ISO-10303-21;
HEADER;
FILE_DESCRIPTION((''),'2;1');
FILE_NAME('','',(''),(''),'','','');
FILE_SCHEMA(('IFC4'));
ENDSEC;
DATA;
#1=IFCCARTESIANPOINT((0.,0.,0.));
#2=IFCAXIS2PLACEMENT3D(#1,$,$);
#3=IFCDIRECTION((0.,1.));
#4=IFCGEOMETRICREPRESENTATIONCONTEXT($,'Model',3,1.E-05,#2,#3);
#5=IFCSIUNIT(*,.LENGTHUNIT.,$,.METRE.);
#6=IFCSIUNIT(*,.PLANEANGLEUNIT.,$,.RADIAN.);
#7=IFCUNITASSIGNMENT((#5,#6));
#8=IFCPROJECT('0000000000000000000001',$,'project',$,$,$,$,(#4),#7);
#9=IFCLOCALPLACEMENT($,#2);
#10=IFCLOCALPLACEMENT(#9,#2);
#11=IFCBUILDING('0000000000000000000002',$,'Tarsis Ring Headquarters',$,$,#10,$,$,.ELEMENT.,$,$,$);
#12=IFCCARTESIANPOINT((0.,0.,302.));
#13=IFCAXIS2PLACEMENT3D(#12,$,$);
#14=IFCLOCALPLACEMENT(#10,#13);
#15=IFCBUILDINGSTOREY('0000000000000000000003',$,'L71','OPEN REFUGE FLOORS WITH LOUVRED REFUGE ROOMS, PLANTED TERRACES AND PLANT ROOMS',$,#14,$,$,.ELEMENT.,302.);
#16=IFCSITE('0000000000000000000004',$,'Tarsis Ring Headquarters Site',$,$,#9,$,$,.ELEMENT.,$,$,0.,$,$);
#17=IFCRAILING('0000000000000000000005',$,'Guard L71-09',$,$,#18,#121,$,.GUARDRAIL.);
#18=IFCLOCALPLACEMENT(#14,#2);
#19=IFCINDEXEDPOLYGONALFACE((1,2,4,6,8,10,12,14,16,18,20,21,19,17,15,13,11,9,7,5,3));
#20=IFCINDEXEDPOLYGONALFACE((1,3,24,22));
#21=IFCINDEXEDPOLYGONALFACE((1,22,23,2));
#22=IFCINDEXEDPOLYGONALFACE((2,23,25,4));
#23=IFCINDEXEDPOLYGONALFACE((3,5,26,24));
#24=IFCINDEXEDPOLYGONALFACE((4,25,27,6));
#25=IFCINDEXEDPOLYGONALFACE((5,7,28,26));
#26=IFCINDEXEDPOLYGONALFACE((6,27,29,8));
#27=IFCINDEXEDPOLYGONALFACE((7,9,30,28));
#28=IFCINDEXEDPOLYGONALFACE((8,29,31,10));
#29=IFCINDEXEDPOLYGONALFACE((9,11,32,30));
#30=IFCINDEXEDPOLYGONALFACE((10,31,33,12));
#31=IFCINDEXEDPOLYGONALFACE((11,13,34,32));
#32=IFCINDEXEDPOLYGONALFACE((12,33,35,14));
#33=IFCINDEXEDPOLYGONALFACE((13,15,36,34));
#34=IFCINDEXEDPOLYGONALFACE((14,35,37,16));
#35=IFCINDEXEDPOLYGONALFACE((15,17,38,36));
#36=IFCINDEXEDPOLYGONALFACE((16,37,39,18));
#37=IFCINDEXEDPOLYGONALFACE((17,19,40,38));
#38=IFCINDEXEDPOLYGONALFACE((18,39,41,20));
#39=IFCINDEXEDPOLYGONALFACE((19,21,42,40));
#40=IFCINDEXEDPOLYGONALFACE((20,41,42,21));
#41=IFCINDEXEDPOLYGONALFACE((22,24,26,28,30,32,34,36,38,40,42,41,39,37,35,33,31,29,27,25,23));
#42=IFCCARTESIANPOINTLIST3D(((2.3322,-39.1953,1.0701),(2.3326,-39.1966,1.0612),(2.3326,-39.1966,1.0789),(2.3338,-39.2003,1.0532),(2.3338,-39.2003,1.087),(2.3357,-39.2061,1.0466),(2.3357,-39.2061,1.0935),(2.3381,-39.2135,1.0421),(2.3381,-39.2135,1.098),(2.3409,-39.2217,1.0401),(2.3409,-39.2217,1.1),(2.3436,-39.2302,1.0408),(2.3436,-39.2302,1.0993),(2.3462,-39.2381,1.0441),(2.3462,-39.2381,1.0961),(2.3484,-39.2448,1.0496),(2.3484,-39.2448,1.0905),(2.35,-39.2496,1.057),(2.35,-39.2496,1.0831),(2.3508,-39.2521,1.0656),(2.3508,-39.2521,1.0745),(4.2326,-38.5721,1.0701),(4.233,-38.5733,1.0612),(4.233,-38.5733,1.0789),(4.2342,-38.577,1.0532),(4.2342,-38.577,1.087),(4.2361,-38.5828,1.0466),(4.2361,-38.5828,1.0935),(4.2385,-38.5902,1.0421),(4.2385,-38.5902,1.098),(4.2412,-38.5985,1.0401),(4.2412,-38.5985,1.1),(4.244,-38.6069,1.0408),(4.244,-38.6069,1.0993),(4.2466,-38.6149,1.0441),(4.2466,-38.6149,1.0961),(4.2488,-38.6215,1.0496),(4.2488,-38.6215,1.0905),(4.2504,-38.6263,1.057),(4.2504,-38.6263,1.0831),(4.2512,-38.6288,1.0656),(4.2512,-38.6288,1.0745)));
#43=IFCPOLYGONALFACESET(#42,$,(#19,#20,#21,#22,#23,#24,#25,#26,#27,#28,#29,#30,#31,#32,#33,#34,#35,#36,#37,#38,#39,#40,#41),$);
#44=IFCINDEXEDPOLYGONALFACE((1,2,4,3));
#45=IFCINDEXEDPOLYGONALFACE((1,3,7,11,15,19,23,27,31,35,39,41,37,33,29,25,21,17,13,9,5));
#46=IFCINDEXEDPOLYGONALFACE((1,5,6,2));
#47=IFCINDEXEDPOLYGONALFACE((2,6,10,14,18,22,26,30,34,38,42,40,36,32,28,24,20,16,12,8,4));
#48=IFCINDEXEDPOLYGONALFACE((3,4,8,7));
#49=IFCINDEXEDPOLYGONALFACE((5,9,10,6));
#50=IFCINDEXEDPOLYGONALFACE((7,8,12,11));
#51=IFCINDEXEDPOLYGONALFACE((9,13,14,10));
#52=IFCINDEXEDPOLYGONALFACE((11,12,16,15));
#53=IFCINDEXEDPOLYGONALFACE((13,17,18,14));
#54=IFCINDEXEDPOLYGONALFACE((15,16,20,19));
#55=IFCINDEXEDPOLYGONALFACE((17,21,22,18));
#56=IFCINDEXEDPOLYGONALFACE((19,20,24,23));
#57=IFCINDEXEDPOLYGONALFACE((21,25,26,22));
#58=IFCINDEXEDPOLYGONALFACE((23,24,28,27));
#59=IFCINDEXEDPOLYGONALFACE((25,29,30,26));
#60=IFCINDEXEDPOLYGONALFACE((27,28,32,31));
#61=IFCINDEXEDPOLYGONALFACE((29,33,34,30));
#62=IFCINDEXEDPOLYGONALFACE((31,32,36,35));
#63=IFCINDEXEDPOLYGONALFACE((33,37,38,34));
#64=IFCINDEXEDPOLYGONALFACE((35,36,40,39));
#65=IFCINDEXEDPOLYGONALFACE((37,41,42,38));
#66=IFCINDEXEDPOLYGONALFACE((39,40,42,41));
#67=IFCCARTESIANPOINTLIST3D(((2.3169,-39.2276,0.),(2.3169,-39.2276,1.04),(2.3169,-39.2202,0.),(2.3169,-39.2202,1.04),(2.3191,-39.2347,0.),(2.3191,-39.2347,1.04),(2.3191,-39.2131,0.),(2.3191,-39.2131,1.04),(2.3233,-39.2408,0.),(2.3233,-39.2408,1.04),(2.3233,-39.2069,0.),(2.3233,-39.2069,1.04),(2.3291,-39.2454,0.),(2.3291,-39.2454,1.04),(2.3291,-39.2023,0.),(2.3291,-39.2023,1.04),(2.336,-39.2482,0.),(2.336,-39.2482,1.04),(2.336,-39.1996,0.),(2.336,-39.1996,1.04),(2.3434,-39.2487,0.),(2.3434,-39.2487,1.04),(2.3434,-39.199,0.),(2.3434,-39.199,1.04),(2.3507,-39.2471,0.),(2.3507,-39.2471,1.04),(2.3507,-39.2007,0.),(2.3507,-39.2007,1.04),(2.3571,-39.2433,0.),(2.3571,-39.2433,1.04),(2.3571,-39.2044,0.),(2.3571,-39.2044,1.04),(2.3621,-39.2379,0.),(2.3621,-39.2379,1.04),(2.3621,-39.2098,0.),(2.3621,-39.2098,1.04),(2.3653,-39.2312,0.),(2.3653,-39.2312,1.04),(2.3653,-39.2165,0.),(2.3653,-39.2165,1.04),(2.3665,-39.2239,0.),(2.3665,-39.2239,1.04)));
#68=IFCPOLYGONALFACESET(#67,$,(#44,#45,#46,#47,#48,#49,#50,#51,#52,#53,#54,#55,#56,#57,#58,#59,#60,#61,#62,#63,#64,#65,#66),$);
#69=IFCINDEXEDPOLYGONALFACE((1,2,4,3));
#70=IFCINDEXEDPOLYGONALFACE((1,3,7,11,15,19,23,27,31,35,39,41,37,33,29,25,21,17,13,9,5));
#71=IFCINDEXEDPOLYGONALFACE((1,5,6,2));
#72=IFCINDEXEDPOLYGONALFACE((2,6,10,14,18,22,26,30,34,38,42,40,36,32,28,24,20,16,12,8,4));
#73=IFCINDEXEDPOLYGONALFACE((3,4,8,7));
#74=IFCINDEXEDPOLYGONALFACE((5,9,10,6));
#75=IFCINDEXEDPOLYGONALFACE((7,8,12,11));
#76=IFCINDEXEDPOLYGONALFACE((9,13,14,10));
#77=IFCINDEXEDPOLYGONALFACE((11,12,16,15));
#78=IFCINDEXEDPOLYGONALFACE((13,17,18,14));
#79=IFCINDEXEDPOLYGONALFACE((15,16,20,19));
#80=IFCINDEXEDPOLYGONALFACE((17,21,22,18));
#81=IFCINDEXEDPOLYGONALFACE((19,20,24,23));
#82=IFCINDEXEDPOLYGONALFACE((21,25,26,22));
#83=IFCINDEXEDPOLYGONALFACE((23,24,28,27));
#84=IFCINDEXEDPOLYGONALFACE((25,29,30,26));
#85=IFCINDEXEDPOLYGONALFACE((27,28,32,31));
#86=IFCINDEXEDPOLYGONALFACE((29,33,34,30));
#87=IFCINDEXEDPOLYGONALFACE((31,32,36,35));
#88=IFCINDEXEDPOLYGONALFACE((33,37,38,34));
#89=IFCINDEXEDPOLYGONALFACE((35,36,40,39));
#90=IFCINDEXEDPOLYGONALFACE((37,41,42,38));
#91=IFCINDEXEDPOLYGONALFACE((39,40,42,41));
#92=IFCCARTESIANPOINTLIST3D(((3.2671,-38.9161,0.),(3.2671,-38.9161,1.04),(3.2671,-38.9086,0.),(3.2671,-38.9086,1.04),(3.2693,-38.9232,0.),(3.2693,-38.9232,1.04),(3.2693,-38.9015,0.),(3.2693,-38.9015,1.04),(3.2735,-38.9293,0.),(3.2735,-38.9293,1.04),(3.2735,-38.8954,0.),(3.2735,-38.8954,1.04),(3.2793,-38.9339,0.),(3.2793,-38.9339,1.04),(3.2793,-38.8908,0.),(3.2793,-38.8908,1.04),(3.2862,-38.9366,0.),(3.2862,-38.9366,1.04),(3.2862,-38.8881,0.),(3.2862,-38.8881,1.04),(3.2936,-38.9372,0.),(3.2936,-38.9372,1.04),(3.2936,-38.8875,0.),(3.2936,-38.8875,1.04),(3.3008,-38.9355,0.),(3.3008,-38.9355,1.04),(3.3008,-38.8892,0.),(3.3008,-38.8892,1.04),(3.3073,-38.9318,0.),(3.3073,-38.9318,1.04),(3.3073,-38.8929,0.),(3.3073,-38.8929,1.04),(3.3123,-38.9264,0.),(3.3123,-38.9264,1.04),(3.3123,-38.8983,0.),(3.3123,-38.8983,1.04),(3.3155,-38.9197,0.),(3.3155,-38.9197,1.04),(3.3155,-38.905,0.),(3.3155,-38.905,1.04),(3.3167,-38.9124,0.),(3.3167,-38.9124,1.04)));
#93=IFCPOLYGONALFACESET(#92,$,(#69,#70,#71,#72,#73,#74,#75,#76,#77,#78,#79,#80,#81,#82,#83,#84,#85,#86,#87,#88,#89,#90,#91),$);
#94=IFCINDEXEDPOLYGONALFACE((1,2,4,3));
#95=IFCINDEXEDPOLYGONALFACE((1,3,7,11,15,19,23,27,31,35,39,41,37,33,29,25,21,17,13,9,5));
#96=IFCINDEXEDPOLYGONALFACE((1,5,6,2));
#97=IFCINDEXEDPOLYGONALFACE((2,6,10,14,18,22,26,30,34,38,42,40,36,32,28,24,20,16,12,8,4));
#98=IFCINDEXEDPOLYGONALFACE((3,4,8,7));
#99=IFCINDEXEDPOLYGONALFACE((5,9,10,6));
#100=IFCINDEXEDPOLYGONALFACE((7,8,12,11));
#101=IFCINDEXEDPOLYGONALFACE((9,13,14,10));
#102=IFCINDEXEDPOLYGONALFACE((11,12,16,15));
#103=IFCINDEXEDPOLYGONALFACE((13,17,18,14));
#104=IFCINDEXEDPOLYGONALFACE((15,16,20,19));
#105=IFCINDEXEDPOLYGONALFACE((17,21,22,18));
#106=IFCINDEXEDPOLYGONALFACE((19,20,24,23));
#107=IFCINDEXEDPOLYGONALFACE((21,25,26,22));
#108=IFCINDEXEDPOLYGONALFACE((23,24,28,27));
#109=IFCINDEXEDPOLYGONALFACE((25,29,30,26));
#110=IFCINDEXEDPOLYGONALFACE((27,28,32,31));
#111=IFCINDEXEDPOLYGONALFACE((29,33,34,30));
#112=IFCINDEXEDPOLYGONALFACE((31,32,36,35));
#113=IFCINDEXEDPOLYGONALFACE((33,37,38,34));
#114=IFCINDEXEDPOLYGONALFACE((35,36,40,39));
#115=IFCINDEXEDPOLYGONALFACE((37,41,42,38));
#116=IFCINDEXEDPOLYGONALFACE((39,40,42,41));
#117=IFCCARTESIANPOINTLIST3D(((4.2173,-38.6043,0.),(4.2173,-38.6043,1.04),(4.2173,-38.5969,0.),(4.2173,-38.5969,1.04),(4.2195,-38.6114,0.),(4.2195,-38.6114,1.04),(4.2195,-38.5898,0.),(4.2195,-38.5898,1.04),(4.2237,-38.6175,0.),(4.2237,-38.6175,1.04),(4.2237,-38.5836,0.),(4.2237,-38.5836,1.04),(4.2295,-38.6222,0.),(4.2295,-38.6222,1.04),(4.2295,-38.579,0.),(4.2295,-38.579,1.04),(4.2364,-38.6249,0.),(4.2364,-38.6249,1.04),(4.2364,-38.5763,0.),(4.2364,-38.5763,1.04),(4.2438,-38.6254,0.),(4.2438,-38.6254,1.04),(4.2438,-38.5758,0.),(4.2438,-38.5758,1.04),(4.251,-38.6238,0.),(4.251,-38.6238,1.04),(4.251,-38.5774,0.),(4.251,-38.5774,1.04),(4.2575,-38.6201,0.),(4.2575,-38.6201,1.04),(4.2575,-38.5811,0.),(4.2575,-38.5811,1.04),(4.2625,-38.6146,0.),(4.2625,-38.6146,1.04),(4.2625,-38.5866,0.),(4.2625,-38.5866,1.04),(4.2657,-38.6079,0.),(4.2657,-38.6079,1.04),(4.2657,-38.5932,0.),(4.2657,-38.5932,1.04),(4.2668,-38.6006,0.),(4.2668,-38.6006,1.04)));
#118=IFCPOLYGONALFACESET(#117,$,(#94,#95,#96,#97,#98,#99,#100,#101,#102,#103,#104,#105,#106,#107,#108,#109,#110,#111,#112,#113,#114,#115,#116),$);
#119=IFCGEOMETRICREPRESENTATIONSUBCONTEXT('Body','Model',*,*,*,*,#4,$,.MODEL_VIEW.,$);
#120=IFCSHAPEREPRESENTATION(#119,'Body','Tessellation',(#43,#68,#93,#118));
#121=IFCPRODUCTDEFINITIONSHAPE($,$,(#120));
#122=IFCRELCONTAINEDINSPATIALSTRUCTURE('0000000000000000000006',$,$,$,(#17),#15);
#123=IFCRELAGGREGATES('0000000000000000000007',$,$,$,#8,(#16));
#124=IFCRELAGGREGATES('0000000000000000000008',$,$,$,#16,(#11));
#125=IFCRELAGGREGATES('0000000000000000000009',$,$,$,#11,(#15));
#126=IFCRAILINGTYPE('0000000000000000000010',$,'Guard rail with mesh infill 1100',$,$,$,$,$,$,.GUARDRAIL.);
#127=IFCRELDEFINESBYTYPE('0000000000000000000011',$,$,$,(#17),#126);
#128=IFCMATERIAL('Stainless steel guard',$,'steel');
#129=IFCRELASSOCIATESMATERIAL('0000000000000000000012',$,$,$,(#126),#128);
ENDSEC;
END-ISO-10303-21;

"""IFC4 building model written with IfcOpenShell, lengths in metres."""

from ifc_helpers import new_model, si_unit, direction, frame, origin, origin_2d, place, context, subcontext, project, spatial, circle, extrude, material, type_object, element, save


model = new_model("IFC4")

# Units and contexts
model_context = context("Model", 3, precision=1e-05, world=origin(), true_north=direction((0.0, 1.0)))
body_context = subcontext(model_context, "Body", "Model", "MODEL_VIEW")
ifc_project = project(units=[si_unit("LENGTHUNIT", "METRE"), si_unit("PLANEANGLEUNIT", "RADIAN")], contexts=[model_context])

# Site, building, storey
site_placement = place(None, origin())
site = spatial("IfcSite", under=ifc_project, at=site_placement, Name="Tarsis Ring Headquarters Site", CompositionType="ELEMENT", RefElevation=0.0)
building_placement = place(site_placement, origin())
building = spatial("IfcBuilding", under=site, at=building_placement, Name="Tarsis Ring Headquarters", CompositionType="ELEMENT")
storey_placement = place(building_placement, frame((0.0, 0.0, 302.0)))
storey = spatial("IfcBuildingStorey", under=building, at=storey_placement, Name="L71", Description="OPEN REFUGE FLOORS WITH LOUVRED REFUGE ROOMS, PLANTED TERRACES AND PLANT ROOMS", CompositionType="ELEMENT", Elevation=302.0)

# Railing
ifc_material_1 = material(Name="Stainless steel guard", Category="steel")
railing_type_1 = type_object("IfcRailingType", Name="Guard rail with mesh infill 1100", PredefinedType="GUARDRAIL", material=ifc_material_1)
railing_1_placement = place(storey_placement, frame((2.3416, -39.2239, 0.0)))
element("IfcRailing", 1, at=railing_1_placement, inside=storey, type_object=railing_type_1, Name="Guard L71-09", PredefinedType="GUARDRAIL", context=body_context, shape_type="SweptSolid", body=[
    extrude(circle(Radius=0.03, at=origin_2d()), frame((0.0, 0.0, 1.0701), z_axis=(0.950198, 0.311646, 0.0), x_axis=(-0.311646, 0.950198, 0.0)), (0.0, 0.0, 1.0), 2.0),
    extrude(circle(Radius=0.0249, at=origin_2d()), origin(), (0.0, 0.0, 1.0), 1.04),
    extrude(circle(Radius=0.0249, at=origin_2d()), frame((0.9502, 0.3115, 0.0)), (0.0, 0.0, 1.0), 1.04),
    extrude(circle(Radius=0.0249, at=origin_2d()), frame((1.9004, 0.6233, 0.0)), (0.0, 0.0, 1.0), 1.04),
])

save(model, "model.ifc")
